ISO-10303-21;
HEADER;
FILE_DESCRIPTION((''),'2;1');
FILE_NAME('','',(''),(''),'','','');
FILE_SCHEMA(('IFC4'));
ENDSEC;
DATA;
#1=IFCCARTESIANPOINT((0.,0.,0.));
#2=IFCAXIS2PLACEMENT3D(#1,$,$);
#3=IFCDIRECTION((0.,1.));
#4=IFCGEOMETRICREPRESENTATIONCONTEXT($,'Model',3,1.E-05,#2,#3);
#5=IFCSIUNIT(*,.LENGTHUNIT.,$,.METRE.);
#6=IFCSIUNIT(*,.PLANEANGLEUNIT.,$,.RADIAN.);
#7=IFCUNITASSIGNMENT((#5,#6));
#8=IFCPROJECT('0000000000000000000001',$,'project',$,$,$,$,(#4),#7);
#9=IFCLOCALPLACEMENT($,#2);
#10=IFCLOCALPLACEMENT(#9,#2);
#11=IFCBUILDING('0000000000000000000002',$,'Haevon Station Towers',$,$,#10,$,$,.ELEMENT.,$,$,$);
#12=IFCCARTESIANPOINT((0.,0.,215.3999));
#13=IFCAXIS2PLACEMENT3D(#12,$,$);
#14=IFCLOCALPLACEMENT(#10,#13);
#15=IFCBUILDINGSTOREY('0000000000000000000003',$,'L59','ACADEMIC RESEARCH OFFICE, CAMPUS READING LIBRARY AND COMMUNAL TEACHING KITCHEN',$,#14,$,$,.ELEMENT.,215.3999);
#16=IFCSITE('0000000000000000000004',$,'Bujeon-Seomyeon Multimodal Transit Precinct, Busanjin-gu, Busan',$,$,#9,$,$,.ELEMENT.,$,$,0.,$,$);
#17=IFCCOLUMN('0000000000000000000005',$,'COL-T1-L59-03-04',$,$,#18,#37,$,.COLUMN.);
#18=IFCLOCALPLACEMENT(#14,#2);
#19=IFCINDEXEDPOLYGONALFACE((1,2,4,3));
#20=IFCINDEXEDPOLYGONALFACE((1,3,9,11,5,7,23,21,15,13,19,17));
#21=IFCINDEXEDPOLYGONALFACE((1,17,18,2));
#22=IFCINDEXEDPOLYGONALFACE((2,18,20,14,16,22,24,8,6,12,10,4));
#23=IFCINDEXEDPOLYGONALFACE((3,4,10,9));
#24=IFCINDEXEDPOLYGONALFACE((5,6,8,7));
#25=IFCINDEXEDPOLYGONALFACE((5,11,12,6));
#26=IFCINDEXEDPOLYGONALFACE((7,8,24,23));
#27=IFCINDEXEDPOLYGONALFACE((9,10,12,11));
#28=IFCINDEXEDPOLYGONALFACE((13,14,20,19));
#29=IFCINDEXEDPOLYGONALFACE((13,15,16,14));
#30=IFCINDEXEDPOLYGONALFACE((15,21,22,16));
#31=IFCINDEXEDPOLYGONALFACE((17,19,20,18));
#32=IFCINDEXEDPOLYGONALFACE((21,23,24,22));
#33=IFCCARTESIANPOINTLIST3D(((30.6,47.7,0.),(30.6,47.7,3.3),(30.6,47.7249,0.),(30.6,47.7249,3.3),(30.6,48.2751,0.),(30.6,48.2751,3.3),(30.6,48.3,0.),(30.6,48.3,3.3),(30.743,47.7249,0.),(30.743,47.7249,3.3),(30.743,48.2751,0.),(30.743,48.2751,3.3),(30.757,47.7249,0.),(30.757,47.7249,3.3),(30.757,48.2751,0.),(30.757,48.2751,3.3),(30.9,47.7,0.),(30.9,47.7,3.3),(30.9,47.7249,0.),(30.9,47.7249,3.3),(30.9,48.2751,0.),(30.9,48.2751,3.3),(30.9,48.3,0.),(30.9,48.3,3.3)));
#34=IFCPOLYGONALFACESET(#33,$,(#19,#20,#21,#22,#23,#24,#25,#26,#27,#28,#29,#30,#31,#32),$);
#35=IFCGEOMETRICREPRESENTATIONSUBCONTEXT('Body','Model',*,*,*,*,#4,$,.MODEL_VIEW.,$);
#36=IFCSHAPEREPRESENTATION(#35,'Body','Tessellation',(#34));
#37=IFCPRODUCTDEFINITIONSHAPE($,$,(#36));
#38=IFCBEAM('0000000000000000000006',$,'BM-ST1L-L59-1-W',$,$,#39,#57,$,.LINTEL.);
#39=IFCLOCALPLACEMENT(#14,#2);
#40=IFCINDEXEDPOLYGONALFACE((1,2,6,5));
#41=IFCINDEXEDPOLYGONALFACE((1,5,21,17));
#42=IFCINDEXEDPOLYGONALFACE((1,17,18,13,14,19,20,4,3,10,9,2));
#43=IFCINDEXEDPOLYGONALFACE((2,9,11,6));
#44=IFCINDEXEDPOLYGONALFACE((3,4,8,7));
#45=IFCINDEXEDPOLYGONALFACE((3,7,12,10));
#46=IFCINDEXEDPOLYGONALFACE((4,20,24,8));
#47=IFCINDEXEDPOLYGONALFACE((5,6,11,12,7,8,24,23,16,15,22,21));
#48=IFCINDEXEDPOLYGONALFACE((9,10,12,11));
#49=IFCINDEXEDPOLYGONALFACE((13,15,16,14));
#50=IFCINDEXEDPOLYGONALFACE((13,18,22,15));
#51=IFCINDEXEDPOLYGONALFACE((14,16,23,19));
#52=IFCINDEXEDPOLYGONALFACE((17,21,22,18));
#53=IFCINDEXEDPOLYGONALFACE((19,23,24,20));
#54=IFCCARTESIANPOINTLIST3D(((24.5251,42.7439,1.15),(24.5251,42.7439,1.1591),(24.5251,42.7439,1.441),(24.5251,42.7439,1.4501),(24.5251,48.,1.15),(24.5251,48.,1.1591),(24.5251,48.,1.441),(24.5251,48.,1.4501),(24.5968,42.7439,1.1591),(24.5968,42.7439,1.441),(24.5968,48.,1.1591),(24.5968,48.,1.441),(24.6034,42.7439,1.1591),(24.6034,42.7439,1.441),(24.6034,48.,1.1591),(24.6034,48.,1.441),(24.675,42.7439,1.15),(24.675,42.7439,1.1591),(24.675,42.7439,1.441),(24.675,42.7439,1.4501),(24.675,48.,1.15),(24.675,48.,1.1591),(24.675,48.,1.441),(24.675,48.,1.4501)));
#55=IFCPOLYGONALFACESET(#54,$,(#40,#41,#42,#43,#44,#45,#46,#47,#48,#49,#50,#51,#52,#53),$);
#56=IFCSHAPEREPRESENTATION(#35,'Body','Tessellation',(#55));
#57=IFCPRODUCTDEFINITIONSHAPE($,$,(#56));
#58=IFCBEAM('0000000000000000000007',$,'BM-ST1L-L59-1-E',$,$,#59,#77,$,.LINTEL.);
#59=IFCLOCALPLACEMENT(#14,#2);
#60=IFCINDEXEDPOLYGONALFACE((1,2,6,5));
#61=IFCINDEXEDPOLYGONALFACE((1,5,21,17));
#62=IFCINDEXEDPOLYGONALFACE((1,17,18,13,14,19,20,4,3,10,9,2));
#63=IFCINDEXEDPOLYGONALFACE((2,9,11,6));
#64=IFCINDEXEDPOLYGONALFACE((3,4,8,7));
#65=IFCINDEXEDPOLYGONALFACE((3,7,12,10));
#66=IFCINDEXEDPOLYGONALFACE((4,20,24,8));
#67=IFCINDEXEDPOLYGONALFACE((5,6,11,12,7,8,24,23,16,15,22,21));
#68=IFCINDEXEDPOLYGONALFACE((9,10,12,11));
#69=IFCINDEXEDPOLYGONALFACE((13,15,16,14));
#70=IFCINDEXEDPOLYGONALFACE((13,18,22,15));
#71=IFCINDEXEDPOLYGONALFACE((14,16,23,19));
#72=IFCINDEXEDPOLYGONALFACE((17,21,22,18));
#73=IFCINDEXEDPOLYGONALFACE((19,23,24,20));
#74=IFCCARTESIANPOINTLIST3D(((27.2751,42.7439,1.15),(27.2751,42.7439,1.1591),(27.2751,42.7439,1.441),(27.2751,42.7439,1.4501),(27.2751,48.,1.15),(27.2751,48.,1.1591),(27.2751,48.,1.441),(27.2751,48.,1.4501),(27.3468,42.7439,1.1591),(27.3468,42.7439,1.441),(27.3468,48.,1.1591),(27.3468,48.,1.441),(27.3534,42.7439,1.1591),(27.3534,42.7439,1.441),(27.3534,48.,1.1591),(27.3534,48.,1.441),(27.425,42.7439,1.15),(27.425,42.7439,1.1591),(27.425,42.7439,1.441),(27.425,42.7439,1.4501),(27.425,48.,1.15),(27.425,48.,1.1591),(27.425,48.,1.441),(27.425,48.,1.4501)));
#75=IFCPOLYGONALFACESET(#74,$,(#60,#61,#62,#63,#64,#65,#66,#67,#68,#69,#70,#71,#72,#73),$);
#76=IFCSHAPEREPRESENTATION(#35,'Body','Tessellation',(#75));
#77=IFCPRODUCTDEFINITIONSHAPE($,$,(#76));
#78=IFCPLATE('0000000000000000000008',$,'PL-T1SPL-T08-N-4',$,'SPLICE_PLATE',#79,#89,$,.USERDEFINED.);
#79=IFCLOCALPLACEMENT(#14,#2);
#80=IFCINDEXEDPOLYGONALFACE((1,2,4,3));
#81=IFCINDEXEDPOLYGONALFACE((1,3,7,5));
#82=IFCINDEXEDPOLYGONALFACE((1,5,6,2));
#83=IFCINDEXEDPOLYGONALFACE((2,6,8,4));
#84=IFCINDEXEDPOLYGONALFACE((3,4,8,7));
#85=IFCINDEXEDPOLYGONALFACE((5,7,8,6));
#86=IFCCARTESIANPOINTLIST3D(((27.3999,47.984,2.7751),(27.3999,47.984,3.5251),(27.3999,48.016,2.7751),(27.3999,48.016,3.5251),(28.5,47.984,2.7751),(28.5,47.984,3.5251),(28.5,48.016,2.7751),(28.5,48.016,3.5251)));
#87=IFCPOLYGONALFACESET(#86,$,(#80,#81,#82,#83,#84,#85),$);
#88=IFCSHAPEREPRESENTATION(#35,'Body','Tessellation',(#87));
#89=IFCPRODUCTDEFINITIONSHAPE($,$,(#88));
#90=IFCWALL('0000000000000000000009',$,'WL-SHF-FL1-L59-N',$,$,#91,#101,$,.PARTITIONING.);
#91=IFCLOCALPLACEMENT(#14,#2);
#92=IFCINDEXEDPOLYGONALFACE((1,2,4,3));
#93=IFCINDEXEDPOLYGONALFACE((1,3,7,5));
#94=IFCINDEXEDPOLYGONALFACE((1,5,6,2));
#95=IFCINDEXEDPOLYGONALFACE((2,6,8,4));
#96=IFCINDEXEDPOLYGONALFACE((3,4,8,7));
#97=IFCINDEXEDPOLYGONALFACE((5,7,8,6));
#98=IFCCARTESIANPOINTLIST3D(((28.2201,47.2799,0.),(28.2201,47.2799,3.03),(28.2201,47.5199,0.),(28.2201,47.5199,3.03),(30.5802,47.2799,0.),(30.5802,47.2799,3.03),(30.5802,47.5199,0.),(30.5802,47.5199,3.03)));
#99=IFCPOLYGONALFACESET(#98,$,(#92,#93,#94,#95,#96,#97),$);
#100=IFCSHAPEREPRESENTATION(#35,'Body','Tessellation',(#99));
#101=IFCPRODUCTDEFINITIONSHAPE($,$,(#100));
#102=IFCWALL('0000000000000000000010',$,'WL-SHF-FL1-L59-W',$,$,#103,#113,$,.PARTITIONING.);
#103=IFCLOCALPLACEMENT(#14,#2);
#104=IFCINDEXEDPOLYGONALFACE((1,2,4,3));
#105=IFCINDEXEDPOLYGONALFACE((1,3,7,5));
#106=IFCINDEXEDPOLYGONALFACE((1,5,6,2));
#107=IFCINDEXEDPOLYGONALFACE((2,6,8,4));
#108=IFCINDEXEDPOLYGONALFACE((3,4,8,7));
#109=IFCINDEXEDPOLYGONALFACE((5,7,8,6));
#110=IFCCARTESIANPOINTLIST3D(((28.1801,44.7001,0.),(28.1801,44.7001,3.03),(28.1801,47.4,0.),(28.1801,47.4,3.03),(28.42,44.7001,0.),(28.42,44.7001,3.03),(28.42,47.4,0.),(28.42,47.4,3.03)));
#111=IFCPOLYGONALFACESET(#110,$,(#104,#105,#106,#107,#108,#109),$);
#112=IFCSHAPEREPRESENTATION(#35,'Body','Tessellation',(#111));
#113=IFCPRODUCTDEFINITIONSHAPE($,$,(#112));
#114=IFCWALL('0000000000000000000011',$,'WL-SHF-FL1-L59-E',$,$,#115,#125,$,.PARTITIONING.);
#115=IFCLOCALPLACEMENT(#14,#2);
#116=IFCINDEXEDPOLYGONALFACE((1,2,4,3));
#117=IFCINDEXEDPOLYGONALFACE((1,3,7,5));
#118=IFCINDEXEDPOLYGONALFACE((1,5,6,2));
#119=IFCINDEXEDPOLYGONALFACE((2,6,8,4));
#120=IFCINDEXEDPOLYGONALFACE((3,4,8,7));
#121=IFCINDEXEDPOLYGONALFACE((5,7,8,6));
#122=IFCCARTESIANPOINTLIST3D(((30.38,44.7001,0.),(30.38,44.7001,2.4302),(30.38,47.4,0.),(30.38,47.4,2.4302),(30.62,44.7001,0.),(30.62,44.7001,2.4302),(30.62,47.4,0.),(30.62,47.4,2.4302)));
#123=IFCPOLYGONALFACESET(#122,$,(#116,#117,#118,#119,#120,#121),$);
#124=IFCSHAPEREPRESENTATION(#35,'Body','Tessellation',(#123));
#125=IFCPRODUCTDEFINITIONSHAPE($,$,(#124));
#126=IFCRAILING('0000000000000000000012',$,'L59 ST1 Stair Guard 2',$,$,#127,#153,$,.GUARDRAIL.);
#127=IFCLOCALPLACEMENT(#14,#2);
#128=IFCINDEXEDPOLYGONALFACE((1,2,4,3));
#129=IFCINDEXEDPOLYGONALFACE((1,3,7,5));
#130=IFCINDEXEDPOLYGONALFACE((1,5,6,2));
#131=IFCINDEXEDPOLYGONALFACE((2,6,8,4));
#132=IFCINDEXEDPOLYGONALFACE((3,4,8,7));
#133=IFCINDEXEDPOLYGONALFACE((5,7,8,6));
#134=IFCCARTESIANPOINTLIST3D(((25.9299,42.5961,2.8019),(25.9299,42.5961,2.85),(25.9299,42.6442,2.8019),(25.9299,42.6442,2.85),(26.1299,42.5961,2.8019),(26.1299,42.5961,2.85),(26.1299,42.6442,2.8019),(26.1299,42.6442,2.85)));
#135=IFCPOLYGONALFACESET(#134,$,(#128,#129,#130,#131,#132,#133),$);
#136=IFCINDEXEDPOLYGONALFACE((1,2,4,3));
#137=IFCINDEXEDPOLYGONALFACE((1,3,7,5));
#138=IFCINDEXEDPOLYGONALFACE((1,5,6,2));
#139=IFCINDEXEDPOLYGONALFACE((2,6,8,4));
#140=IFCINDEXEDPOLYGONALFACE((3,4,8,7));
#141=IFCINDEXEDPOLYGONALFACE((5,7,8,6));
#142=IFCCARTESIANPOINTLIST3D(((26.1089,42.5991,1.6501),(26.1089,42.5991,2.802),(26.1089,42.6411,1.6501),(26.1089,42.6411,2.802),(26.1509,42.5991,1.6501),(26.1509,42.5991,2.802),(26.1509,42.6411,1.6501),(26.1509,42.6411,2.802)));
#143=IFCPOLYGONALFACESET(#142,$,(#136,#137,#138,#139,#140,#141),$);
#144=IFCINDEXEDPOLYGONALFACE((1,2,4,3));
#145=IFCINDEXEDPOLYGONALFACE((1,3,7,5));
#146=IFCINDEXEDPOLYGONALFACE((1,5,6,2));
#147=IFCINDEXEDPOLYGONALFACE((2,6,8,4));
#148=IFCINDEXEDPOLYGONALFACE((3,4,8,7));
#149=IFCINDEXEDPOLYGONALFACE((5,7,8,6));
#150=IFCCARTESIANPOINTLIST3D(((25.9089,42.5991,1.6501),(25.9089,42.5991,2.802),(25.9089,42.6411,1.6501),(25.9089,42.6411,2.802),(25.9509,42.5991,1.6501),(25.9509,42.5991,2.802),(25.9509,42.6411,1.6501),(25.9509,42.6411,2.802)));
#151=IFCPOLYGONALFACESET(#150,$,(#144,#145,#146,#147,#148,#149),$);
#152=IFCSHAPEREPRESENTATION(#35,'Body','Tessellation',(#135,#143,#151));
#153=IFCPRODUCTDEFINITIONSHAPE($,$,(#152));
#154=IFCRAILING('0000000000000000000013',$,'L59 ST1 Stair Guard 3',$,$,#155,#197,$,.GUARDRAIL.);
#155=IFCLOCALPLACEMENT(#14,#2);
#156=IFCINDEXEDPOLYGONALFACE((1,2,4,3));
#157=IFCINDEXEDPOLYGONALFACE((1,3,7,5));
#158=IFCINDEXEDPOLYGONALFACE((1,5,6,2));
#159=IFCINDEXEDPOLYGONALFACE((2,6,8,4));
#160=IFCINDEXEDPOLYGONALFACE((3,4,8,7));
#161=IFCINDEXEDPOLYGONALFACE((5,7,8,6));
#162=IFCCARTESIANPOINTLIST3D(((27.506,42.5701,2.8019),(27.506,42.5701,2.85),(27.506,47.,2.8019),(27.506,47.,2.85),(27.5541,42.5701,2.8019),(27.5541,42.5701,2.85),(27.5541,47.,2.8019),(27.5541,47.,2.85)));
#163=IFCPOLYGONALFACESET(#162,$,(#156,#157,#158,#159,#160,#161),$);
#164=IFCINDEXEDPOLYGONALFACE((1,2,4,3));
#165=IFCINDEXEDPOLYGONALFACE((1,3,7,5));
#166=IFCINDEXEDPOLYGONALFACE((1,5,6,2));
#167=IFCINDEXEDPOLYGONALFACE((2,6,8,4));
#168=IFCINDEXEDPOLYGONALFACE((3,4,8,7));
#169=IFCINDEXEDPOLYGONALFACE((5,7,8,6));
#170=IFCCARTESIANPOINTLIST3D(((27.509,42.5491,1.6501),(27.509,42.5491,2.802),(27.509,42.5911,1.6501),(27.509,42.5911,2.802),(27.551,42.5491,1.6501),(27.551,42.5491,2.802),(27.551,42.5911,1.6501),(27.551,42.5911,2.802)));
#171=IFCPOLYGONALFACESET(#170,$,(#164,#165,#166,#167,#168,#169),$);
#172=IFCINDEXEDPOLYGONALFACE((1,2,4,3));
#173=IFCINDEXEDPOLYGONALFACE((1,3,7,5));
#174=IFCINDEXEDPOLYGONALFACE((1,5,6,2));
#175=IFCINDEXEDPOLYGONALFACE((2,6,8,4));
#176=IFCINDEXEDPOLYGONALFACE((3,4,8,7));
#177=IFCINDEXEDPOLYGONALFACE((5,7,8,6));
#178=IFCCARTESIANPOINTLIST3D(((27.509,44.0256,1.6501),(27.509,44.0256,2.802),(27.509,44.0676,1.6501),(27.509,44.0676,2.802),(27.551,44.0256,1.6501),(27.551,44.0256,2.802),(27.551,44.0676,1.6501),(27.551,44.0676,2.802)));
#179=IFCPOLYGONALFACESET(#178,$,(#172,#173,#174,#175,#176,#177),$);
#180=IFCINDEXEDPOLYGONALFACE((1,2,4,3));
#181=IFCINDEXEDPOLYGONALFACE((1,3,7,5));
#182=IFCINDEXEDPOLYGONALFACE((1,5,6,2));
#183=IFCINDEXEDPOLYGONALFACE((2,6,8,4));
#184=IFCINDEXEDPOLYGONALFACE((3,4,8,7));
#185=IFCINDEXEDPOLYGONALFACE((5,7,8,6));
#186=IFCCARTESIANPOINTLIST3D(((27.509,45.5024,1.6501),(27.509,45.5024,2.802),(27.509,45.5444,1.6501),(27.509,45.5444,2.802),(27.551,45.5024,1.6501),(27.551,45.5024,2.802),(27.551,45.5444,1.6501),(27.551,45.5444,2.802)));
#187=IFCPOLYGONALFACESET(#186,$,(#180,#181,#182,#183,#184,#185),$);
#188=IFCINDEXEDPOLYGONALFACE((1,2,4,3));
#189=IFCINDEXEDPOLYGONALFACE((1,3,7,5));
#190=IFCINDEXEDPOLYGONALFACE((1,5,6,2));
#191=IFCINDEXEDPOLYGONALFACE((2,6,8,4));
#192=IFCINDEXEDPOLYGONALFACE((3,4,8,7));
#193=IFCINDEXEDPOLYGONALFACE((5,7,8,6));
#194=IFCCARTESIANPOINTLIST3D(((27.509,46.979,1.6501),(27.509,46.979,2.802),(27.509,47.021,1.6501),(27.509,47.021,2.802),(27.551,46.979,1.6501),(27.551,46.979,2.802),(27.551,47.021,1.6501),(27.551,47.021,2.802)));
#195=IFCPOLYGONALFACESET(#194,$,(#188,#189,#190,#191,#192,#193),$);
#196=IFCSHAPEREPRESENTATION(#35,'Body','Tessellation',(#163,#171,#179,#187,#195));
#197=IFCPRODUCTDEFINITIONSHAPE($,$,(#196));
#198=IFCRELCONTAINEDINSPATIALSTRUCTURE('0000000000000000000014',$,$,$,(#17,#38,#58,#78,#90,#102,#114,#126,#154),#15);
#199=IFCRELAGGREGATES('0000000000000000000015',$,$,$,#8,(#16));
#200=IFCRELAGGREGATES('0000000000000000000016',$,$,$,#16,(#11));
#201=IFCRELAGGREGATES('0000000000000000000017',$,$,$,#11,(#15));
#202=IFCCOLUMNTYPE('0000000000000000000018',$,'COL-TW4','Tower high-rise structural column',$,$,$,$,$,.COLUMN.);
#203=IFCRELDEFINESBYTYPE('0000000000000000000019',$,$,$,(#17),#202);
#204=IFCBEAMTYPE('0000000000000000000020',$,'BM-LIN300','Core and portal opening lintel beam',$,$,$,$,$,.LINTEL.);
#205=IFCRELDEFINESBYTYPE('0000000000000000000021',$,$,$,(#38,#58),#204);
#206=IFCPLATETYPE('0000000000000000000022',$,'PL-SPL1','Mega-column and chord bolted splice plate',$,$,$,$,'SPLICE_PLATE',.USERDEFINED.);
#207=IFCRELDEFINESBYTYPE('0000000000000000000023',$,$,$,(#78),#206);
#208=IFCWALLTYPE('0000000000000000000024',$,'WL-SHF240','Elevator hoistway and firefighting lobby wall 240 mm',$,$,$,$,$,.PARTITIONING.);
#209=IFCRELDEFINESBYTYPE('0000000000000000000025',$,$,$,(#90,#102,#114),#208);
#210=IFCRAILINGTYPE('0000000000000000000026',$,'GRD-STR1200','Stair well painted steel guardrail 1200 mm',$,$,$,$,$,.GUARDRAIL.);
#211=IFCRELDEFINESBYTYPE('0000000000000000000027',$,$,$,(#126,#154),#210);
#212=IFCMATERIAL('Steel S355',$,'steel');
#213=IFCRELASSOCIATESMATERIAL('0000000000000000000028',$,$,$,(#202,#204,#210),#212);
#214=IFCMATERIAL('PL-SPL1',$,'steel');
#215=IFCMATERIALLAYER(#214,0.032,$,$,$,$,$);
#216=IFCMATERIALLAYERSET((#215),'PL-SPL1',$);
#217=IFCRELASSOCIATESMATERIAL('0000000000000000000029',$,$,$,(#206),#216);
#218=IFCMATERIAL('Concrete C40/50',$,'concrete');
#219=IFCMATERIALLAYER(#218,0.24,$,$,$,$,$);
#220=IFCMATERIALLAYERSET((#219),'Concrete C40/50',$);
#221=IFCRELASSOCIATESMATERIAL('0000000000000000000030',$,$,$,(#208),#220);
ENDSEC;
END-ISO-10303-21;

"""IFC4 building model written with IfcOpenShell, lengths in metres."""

from ifc_helpers import new_model, si_unit, direction, frame, frame_2d, origin, origin_2d, place, context, subcontext, project, spatial, rectangle, i_section, extrude, material, layer, layer_set, material_profile, profile_set, type_object, element, save


model = new_model("IFC4")

# Units and contexts
model_context = context("Model", 3, precision=1e-05, world=origin(), true_north=direction((0.0, 1.0)))
body_context = subcontext(model_context, "Body", "Model", "MODEL_VIEW")
ifc_project = project(units=[si_unit("LENGTHUNIT", "METRE"), si_unit("PLANEANGLEUNIT", "RADIAN")], contexts=[model_context])

# Site, building, storey
site_placement = place(None, origin())
site = spatial("IfcSite", under=ifc_project, at=site_placement, Name="Bujeon-Seomyeon Multimodal Transit Precinct, Busanjin-gu, Busan", CompositionType="ELEMENT", RefElevation=0.0)
building_placement = place(site_placement, origin())
building = spatial("IfcBuilding", under=site, at=building_placement, Name="Haevon Station Towers", CompositionType="ELEMENT")
storey_placement = place(building_placement, frame((0.0, 0.0, 215.3999)))
storey = spatial("IfcBuildingStorey", under=building, at=storey_placement, Name="L59", Description="ACADEMIC RESEARCH OFFICE, CAMPUS READING LIBRARY AND COMMUNAL TEACHING KITCHEN", CompositionType="ELEMENT", Elevation=215.3999)

# Column
ifc_material_1 = material(Name="Steel S355", Category="steel")
ifc_material_profile_1 = material_profile(ifc_material_1, i_section(OverallWidth=0.3, OverallDepth=0.6001, WebThickness=0.0139, FlangeThickness=0.0249, at=origin_2d()), Name="H-600x300x14x25")
ifc_profile_set_1 = profile_set([ifc_material_profile_1], Name="Steel S355")
column_type = type_object("IfcColumnType", Name="COL-TW4", Description="Tower high-rise structural column", PredefinedType="COLUMN", material=ifc_profile_set_1)
column_placement = place(storey_placement, frame((30.75, 48.0, 0.0), z_axis=(0.0, 0.0, 1.0), x_axis=(1.0, 0.0, 0.0)))
element("IfcColumn", 1, at=column_placement, inside=storey, type_object=column_type, Name="COL-T1-L59-03-04", PredefinedType="COLUMN", context=body_context, shape_type="SweptSolid", body=[
    extrude(i_section(OverallWidth=0.3, OverallDepth=0.6001, WebThickness=0.0139, FlangeThickness=0.0249, at=origin_2d()), origin(), (0.0, 0.0, 1.0), 3.3),
])

# Beams
ifc_material_profile_2 = material_profile(ifc_material_1, i_section(OverallWidth=0.1499, OverallDepth=0.3, WebThickness=0.0066, FlangeThickness=0.009, at=origin_2d()), Name="H-300x150x6.5x9")
ifc_profile_set_2 = profile_set([ifc_material_profile_2], Name="Steel S355")
beam_type = type_object("IfcBeamType", Name="BM-LIN300", Description="Core and portal opening lintel beam", PredefinedType="LINTEL", material=ifc_profile_set_2)
for number, where, z_axis, x_axis, name in (
    (2, (24.6001, 42.7439, 1.3), (0.0, 1.0, 0.0), (-1.0, 0.0, 0.0), "BM-ST1L-L59-1-W"),
    (3, (27.3501, 42.7439, 1.3), (0.0, 1.0, 0.0), (-1.0, 0.0, 0.0), "BM-ST1L-L59-1-E"),
):
    element("IfcBeam", number, at=place(storey_placement, frame(where, z_axis=z_axis, x_axis=x_axis)), inside=storey, type_object=beam_type, Name=name, PredefinedType="LINTEL", context=body_context, shape_type="SweptSolid", body=[
        extrude(i_section(OverallWidth=0.1499, OverallDepth=0.3, WebThickness=0.0066, FlangeThickness=0.009, at=origin_2d()), origin(), (0.0, 0.0, 1.0), 5.2561),
    ])

# Plate
ifc_material_2 = material(Name="PL-SPL1", Category="steel")
ifc_layer_1 = layer(ifc_material_2, 0.032)
ifc_layer_set_1 = layer_set([ifc_layer_1], Name="PL-SPL1")
plate_type = type_object("IfcPlateType", Name="PL-SPL1", Description="Mega-column and chord bolted splice plate", ElementType="SPLICE_PLATE", PredefinedType="USERDEFINED", material=ifc_layer_set_1)
plate_placement = place(storey_placement, frame((27.95, 48.0, 2.7751), z_axis=(0.0, 0.0, 1.0), x_axis=(1.0, 0.0, 0.0)))
element("IfcPlate", 4, at=plate_placement, inside=storey, type_object=plate_type, Name="PL-T1SPL-T08-N-4", ObjectType="SPLICE_PLATE", PredefinedType="USERDEFINED", context=body_context, shape_type="SweptSolid", body=[
    extrude(rectangle(XDim=1.1001, YDim=0.032, at=origin_2d()), origin(), (0.0, 0.0, 1.0), 0.75),
])

# Shared definitions
ifc_material_3 = material(Name="Concrete C40/50", Category="concrete")
ifc_layer_2 = layer(ifc_material_3, 0.24)
ifc_layer_set_2 = layer_set([ifc_layer_2], Name="Concrete C40/50")
wall_type = type_object("IfcWallType", Name="WL-SHF240", Description="Elevator hoistway and firefighting lobby wall 240 mm", PredefinedType="PARTITIONING", material=ifc_layer_set_2)

# Walls
wall_1_placement = place(storey_placement, frame((28.22, 47.3999, 0.0), z_axis=(0.0, 0.0, 1.0), x_axis=(1.0, 0.0, 0.0)))
element("IfcWall", 5, at=wall_1_placement, inside=storey, type_object=wall_type, Name="WL-SHF-FL1-L59-N", PredefinedType="PARTITIONING", context=body_context, shape_type="SweptSolid", body=[
    extrude(rectangle(XDim=2.3601, YDim=0.24, at=frame_2d((1.1802, 0.0))), origin(), (0.0, 0.0, 1.0), 3.03),
])
wall_2_placement = place(storey_placement, frame((28.3, 44.7, 0.0), z_axis=(0.0, 0.0, 1.0), x_axis=(0.0, 1.0, 0.0)))
element("IfcWall", 6, at=wall_2_placement, inside=storey, type_object=wall_type, Name="WL-SHF-FL1-L59-W", PredefinedType="PARTITIONING", context=body_context, shape_type="SweptSolid", body=[
    extrude(rectangle(XDim=2.7, YDim=0.24, at=frame_2d((1.3501, 0.0))), origin(), (0.0, 0.0, 1.0), 3.03),
])
wall_3_placement = place(storey_placement, frame((30.5, 44.7, 0.0), z_axis=(0.0, 0.0, 1.0), x_axis=(0.0, 1.0, 0.0)))
element("IfcWall", 7, at=wall_3_placement, inside=storey, type_object=wall_type, Name="WL-SHF-FL1-L59-E", PredefinedType="PARTITIONING", context=body_context, shape_type="SweptSolid", body=[
    extrude(rectangle(XDim=2.7, YDim=0.24, at=frame_2d((1.3501, 0.0))), origin(), (0.0, 0.0, 1.0), 2.4302),
])

# Railings
railing_type = type_object("IfcRailingType", Name="GRD-STR1200", Description="Stair well painted steel guardrail 1200 mm", PredefinedType="GUARDRAIL", material=ifc_material_1)
railing_1_placement = place(storey_placement, frame((26.1299, 42.6201, 1.6501)))
element("IfcRailing", 8, at=railing_1_placement, inside=storey, type_object=railing_type, Name="L59 ST1 Stair Guard 2", PredefinedType="GUARDRAIL", context=body_context, shape_type="SweptSolid", body=[
    extrude(rectangle(XDim=0.0481, YDim=0.0481, at=origin_2d()), frame((0.0, 0.0, 1.1758), z_axis=(-1.0, 0.0, 0.0), x_axis=(0.0, -1.0, 0.0)), (0.0, 0.0, 1.0), 0.2),
    extrude(rectangle(XDim=0.042, YDim=0.042, at=origin_2d()), origin(), (0.0, 0.0, 1.0), 1.1519),
    extrude(rectangle(XDim=0.042, YDim=0.042, at=origin_2d()), frame((-0.2, 0.0, 0.0)), (0.0, 0.0, 1.0), 1.1519),
])
railing_2_placement = place(storey_placement, frame((27.53, 42.5701, 1.6501)))
element("IfcRailing", 9, at=railing_2_placement, inside=storey, type_object=railing_type, Name="L59 ST1 Stair Guard 3", PredefinedType="GUARDRAIL", context=body_context, shape_type="SweptSolid", body=[
    extrude(rectangle(XDim=0.0481, YDim=0.0481, at=origin_2d()), frame((0.0, 0.0, 1.1758), z_axis=(0.0, 1.0, 0.0), x_axis=(-1.0, 0.0, 0.0)), (0.0, 0.0, 1.0), 4.4299),
    extrude(rectangle(XDim=0.042, YDim=0.042, at=origin_2d()), origin(), (0.0, 0.0, 1.0), 1.1519),
    extrude(rectangle(XDim=0.042, YDim=0.042, at=origin_2d()), frame((0.0, 1.4766, 0.0)), (0.0, 0.0, 1.0), 1.1519),
    extrude(rectangle(XDim=0.042, YDim=0.042, at=origin_2d()), frame((0.0, 2.9534, 0.0)), (0.0, 0.0, 1.0), 1.1519),
    extrude(rectangle(XDim=0.042, YDim=0.042, at=origin_2d()), frame((0.0, 4.4299, 0.0)), (0.0, 0.0, 1.0), 1.1519),
])

save(model, "model.ifc")
